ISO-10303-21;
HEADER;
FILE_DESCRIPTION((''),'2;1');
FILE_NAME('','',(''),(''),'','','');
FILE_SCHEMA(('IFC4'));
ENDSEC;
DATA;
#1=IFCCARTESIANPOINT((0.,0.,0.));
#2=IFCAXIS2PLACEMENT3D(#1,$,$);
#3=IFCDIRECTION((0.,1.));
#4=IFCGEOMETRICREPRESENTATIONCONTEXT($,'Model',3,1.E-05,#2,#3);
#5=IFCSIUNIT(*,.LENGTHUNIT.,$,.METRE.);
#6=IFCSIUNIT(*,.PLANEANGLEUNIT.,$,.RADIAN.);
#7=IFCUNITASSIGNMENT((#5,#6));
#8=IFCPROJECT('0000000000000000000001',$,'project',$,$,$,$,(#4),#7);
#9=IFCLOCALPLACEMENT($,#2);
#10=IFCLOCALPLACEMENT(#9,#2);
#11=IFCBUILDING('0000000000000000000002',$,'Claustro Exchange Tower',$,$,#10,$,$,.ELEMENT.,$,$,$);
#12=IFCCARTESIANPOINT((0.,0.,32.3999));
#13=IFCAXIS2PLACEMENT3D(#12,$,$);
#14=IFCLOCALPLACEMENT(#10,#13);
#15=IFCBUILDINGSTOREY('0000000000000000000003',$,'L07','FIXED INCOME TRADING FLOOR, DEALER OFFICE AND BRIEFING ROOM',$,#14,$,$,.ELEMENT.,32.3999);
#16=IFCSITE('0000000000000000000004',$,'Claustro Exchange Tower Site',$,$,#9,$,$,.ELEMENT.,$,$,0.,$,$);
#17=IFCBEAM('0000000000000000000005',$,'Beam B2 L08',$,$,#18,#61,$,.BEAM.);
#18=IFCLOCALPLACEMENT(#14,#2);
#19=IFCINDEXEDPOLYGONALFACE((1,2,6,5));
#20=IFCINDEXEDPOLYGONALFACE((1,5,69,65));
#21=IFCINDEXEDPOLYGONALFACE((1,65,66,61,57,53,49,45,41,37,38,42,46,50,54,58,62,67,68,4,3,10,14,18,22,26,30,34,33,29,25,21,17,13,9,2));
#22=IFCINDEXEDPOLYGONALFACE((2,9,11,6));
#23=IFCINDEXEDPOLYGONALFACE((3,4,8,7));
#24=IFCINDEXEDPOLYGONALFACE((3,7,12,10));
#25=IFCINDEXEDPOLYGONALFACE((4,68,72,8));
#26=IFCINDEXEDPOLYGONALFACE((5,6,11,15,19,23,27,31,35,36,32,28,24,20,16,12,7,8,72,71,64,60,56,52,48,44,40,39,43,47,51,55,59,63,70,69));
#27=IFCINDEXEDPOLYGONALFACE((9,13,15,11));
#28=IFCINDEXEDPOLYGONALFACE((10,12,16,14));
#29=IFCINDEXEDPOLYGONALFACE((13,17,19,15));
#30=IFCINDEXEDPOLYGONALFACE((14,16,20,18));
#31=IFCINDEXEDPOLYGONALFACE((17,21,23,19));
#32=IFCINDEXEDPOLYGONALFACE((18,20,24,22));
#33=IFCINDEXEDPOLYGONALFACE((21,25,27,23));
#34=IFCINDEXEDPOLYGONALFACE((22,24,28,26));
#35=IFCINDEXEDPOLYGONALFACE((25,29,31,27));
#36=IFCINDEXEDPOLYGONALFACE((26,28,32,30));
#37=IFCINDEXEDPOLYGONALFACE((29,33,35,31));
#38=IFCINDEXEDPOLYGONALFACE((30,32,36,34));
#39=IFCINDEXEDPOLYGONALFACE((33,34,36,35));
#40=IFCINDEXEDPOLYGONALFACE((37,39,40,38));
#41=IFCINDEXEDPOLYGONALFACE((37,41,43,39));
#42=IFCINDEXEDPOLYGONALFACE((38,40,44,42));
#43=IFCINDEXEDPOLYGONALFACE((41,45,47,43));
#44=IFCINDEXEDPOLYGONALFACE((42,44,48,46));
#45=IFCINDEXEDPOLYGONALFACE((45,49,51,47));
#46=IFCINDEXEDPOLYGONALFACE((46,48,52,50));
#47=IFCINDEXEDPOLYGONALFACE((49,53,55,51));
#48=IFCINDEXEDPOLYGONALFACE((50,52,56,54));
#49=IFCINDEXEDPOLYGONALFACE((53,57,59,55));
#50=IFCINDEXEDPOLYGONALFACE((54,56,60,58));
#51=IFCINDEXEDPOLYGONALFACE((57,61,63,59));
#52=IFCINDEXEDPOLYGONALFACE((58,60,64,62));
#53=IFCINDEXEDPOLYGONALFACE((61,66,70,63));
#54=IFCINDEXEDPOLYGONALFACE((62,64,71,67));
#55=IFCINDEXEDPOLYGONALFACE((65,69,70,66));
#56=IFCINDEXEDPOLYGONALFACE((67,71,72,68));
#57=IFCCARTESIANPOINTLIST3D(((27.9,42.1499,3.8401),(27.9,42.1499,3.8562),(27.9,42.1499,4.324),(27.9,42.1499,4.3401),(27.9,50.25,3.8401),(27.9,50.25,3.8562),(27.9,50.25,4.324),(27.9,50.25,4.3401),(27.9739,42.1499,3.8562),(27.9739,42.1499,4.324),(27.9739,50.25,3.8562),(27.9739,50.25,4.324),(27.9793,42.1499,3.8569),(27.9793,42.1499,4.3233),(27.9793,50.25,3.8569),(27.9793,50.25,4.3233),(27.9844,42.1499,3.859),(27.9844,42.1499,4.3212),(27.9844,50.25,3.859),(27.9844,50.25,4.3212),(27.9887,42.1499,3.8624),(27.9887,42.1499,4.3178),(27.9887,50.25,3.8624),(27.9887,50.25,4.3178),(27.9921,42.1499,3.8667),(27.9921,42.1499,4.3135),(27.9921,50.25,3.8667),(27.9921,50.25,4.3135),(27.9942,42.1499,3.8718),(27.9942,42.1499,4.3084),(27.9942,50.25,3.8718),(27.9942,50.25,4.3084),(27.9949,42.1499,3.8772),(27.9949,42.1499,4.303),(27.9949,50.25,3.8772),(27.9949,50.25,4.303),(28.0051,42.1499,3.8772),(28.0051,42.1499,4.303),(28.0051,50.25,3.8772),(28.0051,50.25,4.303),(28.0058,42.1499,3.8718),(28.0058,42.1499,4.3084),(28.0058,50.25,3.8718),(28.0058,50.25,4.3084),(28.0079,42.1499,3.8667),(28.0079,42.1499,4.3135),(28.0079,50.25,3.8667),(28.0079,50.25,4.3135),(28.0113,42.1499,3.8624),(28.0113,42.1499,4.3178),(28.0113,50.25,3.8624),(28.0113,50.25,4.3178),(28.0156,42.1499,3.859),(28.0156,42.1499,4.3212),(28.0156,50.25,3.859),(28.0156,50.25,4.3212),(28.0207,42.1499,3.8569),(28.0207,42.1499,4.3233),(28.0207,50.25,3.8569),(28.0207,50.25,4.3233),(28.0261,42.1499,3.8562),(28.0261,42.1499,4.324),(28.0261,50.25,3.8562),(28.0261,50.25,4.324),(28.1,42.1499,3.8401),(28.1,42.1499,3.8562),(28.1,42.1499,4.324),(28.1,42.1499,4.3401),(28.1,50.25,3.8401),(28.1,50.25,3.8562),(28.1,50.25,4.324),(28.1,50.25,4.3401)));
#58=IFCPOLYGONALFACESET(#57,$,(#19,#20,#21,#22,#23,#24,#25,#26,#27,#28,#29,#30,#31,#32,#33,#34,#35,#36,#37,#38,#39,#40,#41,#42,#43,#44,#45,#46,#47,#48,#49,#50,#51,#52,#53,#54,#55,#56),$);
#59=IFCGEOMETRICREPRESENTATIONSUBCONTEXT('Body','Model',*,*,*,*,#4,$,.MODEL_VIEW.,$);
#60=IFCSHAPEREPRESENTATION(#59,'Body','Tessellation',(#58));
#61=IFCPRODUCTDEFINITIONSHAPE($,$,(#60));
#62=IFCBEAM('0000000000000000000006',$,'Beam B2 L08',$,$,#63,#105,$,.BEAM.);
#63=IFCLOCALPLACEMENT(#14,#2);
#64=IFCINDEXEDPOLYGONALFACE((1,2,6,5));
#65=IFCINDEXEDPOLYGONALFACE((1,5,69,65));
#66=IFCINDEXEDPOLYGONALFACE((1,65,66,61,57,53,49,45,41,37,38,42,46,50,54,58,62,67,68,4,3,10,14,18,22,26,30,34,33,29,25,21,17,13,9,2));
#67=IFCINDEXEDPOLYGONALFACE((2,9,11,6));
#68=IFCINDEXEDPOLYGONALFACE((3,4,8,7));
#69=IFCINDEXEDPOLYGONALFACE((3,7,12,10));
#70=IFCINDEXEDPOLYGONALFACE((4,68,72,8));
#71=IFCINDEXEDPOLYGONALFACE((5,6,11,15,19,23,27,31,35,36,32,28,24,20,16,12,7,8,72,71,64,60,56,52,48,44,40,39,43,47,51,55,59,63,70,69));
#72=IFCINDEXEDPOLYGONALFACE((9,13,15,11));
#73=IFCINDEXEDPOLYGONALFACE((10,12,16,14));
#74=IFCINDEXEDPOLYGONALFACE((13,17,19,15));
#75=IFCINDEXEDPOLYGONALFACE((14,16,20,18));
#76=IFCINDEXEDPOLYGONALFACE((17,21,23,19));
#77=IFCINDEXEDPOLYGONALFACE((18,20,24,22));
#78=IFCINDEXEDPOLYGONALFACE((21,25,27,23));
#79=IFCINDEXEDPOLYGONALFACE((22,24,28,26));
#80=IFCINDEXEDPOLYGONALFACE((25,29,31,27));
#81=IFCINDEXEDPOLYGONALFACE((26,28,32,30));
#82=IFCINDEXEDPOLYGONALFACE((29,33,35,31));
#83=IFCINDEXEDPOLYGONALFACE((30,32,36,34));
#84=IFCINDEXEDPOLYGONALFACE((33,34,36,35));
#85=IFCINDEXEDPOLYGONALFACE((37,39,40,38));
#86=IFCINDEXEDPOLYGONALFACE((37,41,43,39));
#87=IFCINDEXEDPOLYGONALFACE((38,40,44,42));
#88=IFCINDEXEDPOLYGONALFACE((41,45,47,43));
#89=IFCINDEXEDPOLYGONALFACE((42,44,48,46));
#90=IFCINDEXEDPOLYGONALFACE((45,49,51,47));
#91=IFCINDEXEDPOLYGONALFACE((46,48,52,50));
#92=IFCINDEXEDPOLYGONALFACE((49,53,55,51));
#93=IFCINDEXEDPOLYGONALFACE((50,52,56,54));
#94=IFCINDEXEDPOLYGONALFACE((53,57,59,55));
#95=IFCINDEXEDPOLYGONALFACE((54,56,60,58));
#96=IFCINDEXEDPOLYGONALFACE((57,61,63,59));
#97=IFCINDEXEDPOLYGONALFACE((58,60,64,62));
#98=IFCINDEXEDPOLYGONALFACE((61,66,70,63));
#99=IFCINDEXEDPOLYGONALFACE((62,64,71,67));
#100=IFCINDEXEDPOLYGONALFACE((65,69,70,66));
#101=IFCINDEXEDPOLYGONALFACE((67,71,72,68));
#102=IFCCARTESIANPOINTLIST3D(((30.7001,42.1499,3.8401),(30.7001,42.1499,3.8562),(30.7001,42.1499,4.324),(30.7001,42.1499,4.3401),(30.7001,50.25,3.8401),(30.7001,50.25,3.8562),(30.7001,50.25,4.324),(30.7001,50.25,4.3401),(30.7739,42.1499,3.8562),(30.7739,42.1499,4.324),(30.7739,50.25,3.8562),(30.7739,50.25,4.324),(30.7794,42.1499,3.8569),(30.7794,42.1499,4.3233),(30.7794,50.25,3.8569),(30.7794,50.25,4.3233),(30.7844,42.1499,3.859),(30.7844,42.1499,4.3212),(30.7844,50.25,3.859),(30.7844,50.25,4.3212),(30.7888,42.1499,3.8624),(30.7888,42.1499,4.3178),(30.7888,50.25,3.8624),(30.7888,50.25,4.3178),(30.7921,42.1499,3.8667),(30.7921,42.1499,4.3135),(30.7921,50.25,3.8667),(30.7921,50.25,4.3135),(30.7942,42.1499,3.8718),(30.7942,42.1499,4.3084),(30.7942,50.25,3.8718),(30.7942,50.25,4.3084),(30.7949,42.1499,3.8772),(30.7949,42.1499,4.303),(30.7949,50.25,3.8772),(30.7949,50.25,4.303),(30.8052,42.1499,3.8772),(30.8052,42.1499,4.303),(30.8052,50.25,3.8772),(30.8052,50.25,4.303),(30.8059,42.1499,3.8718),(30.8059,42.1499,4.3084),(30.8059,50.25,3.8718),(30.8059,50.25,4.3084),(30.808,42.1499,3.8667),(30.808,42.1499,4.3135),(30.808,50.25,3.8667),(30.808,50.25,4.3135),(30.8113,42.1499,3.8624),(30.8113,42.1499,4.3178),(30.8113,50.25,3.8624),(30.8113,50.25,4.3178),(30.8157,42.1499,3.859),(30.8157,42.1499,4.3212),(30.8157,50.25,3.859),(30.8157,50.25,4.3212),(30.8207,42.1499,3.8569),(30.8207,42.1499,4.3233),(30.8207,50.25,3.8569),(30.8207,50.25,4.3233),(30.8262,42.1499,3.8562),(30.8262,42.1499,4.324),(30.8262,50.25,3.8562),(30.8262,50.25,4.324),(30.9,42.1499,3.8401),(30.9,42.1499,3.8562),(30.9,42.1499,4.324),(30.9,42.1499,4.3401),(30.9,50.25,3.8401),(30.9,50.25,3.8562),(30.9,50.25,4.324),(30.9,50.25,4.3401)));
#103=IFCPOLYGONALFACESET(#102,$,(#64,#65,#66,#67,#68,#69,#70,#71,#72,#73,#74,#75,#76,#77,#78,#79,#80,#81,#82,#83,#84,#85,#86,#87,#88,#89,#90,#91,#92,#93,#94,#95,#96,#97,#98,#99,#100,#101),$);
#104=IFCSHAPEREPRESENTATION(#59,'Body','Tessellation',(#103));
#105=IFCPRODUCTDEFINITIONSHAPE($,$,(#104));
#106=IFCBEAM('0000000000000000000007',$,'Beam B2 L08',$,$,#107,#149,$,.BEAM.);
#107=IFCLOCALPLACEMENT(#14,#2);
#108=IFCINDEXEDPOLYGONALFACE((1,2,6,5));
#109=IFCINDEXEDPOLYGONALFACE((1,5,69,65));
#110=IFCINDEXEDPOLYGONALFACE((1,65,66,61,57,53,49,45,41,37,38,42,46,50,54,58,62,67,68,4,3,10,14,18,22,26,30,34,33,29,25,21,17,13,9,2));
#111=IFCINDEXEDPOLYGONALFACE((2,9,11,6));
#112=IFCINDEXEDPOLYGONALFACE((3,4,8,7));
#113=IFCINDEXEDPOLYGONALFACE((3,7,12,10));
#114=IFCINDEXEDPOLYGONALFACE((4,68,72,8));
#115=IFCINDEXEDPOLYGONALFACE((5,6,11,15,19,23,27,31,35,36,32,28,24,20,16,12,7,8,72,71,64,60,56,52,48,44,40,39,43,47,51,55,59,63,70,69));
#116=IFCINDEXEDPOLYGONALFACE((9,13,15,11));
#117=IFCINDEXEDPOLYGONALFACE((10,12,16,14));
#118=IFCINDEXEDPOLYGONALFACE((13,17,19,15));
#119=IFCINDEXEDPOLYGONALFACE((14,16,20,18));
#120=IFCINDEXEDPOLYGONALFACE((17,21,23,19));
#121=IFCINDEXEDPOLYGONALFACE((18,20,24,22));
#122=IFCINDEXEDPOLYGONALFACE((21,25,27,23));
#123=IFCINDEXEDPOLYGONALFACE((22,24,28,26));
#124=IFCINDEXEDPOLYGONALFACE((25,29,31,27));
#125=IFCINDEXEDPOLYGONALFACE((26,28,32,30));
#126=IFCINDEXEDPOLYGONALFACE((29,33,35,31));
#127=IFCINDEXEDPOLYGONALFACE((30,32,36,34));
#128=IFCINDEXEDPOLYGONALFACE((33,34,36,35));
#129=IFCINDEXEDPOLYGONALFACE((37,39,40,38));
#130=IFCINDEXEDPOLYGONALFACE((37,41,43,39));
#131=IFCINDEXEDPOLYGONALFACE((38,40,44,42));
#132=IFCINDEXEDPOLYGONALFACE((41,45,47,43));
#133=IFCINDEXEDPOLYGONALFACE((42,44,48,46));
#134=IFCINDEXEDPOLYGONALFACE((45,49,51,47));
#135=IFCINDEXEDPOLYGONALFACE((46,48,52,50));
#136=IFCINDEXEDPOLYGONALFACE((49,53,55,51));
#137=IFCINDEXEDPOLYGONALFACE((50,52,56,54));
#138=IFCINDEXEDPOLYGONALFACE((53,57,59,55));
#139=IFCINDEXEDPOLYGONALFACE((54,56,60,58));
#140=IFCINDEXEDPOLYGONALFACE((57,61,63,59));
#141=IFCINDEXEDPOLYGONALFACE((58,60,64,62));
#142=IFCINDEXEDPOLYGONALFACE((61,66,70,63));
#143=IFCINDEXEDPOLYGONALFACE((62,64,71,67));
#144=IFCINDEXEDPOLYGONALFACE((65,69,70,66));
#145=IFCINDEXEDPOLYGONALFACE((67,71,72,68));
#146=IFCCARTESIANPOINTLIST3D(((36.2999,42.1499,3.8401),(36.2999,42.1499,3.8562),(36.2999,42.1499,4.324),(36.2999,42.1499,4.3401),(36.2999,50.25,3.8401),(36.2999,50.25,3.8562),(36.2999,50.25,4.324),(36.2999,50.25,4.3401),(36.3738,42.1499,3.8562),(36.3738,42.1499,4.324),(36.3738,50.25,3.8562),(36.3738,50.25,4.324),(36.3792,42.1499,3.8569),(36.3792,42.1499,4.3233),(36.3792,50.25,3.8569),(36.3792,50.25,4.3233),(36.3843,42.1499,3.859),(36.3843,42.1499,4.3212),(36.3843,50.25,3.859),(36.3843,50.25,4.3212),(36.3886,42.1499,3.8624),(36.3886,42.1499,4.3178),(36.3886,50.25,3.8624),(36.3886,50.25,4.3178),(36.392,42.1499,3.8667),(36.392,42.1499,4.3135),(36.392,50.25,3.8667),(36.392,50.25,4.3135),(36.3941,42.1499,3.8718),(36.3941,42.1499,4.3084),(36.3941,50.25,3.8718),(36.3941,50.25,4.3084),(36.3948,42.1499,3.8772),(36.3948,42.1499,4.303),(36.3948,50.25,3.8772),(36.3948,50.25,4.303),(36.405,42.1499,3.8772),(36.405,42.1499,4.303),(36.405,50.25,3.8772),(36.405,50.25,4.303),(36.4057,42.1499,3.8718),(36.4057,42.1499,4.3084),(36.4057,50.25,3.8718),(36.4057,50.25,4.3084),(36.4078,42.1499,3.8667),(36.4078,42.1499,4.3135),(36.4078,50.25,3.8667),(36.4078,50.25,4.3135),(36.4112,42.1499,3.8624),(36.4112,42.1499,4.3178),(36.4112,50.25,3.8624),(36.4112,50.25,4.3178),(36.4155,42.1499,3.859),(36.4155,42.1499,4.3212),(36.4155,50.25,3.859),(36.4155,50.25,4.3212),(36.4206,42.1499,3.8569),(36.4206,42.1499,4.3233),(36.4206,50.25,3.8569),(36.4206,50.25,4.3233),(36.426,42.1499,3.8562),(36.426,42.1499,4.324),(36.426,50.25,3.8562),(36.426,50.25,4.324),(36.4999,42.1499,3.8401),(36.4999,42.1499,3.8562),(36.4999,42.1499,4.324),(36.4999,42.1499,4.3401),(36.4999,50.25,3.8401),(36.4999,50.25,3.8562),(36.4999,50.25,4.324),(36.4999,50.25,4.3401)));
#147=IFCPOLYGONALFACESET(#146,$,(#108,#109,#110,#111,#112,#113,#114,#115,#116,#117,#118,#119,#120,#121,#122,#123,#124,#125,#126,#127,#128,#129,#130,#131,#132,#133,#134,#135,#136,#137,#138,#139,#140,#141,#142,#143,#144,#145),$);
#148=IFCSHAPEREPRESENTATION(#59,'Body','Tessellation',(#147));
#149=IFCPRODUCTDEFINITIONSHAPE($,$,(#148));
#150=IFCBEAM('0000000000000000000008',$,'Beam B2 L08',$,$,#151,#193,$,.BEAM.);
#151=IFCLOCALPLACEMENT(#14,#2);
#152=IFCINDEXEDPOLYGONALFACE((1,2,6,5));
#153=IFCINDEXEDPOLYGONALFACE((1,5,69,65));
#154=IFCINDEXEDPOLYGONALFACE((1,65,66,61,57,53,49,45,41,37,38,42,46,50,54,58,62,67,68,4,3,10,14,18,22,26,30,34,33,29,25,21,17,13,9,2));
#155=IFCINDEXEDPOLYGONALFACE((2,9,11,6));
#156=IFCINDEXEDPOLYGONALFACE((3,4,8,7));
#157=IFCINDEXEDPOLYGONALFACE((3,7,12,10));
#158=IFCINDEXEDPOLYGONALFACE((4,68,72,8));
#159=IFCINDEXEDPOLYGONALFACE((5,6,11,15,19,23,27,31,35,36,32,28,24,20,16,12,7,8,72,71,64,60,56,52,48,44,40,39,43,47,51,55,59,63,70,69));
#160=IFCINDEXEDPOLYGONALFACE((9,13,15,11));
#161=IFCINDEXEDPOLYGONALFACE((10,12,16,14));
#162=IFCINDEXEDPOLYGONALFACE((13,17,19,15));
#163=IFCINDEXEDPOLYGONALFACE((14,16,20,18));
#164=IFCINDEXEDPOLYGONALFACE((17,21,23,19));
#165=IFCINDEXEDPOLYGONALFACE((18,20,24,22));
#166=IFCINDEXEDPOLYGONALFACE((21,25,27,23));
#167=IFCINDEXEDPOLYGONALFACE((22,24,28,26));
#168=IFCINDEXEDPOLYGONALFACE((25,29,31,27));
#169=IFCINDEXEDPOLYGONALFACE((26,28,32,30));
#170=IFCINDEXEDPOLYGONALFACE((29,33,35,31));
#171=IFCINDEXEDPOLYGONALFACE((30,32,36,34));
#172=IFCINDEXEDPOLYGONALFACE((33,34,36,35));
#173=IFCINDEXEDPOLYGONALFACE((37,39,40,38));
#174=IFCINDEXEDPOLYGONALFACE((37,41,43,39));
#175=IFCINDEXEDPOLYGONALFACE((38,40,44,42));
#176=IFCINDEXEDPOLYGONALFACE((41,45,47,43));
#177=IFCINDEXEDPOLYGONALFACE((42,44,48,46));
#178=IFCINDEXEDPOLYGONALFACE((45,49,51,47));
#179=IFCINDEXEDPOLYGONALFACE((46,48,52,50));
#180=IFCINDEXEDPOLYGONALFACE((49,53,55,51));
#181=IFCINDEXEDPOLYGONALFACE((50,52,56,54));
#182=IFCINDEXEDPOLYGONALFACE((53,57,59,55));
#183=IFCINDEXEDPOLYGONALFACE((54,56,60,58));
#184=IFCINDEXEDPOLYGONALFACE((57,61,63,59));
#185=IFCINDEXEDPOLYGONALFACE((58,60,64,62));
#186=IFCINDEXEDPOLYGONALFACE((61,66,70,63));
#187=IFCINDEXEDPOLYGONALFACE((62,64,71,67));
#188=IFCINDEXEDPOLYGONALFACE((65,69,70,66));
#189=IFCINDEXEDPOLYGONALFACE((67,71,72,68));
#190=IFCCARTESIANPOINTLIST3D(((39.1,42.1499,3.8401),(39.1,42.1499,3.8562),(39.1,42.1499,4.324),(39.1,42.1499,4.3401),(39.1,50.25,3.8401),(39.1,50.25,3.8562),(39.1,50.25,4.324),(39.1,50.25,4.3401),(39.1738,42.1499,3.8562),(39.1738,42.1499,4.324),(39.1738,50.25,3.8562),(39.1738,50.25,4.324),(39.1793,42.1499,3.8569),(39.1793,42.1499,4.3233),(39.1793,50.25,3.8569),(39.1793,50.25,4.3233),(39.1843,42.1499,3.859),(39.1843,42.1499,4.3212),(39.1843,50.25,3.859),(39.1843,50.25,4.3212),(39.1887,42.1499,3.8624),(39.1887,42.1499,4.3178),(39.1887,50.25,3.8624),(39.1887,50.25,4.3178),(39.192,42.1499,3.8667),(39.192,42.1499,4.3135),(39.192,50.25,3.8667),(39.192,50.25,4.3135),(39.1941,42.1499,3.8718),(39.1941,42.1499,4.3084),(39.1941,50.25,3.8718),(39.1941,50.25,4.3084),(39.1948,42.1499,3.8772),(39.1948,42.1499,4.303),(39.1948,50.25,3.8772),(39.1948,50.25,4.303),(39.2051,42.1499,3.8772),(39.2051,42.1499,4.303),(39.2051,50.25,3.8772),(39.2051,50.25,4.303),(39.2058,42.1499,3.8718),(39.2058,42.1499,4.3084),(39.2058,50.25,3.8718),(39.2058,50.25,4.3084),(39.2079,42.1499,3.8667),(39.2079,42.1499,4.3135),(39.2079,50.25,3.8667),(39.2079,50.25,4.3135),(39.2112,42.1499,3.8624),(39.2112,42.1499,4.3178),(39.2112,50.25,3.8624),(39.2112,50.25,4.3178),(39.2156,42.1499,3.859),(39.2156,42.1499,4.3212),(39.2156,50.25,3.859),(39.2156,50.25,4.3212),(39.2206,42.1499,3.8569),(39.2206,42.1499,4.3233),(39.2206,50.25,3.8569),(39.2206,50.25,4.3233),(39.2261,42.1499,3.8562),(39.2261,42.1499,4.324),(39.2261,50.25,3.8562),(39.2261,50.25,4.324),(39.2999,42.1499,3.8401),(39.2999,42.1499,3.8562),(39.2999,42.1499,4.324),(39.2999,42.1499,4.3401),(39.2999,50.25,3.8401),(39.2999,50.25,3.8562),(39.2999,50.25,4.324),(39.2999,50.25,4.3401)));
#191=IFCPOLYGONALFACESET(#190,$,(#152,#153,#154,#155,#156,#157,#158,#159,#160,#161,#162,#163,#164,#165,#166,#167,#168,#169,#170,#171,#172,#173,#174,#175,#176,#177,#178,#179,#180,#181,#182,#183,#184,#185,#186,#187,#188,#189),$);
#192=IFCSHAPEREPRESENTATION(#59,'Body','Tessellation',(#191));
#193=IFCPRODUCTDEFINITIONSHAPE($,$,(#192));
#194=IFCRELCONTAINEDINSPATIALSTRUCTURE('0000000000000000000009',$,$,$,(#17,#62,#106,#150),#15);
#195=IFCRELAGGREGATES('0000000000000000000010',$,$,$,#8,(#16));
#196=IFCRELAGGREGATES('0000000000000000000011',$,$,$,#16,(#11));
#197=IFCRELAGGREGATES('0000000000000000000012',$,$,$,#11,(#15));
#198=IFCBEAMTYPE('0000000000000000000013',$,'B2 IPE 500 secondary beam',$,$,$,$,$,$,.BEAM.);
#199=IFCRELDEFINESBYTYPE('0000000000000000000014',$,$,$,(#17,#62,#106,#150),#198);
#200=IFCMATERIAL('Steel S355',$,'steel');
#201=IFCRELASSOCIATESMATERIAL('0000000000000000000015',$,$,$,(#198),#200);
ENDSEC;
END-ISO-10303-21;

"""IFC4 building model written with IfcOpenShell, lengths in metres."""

from ifc_helpers import new_model, si_unit, direction, frame, origin, origin_2d, place, context, subcontext, project, spatial, i_section, extrude, material, material_profile, profile_set, type_object, element, save


model = new_model("IFC4")

# Units and contexts
model_context = context("Model", 3, precision=1e-05, world=origin(), true_north=direction((0.0, 1.0)))
body_context = subcontext(model_context, "Body", "Model", "MODEL_VIEW")
ifc_project = project(units=[si_unit("LENGTHUNIT", "METRE"), si_unit("PLANEANGLEUNIT", "RADIAN")], contexts=[model_context])

# Site, building, storey
site_placement = place(None, origin())
site = spatial("IfcSite", under=ifc_project, at=site_placement, Name="Claustro Exchange Tower Site", CompositionType="ELEMENT", RefElevation=0.0)
building_placement = place(site_placement, origin())
building = spatial("IfcBuilding", under=site, at=building_placement, Name="Claustro Exchange Tower", CompositionType="ELEMENT")
storey_placement = place(building_placement, frame((0.0, 0.0, 32.3999)))
storey = spatial("IfcBuildingStorey", under=building, at=storey_placement, Name="L07", Description="FIXED INCOME TRADING FLOOR, DEALER OFFICE AND BRIEFING ROOM", CompositionType="ELEMENT", Elevation=32.3999)

# Beams
ifc_material_1 = material(Name="Steel S355", Category="steel")
ifc_material_profile_1 = material_profile(ifc_material_1, i_section(OverallWidth=0.2, OverallDepth=0.5, WebThickness=0.0103, FlangeThickness=0.0161, FilletRadius=0.021, at=origin_2d()), Name="IPE 500")
ifc_profile_set_1 = profile_set([ifc_material_profile_1], Name="Steel S355")
beam_type_1 = type_object("IfcBeamType", Name="B2 IPE 500 secondary beam", PredefinedType="BEAM", material=ifc_profile_set_1)
for number, where, z_axis, x_axis, name in (
    (1, (28.0, 42.1499, 4.0901), (0.0, 1.0, 0.0), (-1.0, 0.0, 0.0), "Beam B2 L08"),
    (2, (30.8, 42.1499, 4.0901), (0.0, 1.0, 0.0), (-1.0, 0.0, 0.0), "Beam B2 L08"),
    (3, (36.3999, 42.1499, 4.0901), (0.0, 1.0, 0.0), (-1.0, 0.0, 0.0), "Beam B2 L08"),
    (4, (39.2, 42.1499, 4.0901), (0.0, 1.0, 0.0), (-1.0, 0.0, 0.0), "Beam B2 L08"),
):
    element("IfcBeam", number, at=place(storey_placement, frame(where, z_axis=z_axis, x_axis=x_axis)), inside=storey, type_object=beam_type_1, Name=name, PredefinedType="BEAM", context=body_context, shape_type="SweptSolid", body=[
        extrude(i_section(OverallWidth=0.2, OverallDepth=0.5, WebThickness=0.0103, FlangeThickness=0.0161, FilletRadius=0.021, at=origin_2d()), origin(), (0.0, 0.0, 1.0), 8.1001),
    ])

save(model, "model.ifc")
